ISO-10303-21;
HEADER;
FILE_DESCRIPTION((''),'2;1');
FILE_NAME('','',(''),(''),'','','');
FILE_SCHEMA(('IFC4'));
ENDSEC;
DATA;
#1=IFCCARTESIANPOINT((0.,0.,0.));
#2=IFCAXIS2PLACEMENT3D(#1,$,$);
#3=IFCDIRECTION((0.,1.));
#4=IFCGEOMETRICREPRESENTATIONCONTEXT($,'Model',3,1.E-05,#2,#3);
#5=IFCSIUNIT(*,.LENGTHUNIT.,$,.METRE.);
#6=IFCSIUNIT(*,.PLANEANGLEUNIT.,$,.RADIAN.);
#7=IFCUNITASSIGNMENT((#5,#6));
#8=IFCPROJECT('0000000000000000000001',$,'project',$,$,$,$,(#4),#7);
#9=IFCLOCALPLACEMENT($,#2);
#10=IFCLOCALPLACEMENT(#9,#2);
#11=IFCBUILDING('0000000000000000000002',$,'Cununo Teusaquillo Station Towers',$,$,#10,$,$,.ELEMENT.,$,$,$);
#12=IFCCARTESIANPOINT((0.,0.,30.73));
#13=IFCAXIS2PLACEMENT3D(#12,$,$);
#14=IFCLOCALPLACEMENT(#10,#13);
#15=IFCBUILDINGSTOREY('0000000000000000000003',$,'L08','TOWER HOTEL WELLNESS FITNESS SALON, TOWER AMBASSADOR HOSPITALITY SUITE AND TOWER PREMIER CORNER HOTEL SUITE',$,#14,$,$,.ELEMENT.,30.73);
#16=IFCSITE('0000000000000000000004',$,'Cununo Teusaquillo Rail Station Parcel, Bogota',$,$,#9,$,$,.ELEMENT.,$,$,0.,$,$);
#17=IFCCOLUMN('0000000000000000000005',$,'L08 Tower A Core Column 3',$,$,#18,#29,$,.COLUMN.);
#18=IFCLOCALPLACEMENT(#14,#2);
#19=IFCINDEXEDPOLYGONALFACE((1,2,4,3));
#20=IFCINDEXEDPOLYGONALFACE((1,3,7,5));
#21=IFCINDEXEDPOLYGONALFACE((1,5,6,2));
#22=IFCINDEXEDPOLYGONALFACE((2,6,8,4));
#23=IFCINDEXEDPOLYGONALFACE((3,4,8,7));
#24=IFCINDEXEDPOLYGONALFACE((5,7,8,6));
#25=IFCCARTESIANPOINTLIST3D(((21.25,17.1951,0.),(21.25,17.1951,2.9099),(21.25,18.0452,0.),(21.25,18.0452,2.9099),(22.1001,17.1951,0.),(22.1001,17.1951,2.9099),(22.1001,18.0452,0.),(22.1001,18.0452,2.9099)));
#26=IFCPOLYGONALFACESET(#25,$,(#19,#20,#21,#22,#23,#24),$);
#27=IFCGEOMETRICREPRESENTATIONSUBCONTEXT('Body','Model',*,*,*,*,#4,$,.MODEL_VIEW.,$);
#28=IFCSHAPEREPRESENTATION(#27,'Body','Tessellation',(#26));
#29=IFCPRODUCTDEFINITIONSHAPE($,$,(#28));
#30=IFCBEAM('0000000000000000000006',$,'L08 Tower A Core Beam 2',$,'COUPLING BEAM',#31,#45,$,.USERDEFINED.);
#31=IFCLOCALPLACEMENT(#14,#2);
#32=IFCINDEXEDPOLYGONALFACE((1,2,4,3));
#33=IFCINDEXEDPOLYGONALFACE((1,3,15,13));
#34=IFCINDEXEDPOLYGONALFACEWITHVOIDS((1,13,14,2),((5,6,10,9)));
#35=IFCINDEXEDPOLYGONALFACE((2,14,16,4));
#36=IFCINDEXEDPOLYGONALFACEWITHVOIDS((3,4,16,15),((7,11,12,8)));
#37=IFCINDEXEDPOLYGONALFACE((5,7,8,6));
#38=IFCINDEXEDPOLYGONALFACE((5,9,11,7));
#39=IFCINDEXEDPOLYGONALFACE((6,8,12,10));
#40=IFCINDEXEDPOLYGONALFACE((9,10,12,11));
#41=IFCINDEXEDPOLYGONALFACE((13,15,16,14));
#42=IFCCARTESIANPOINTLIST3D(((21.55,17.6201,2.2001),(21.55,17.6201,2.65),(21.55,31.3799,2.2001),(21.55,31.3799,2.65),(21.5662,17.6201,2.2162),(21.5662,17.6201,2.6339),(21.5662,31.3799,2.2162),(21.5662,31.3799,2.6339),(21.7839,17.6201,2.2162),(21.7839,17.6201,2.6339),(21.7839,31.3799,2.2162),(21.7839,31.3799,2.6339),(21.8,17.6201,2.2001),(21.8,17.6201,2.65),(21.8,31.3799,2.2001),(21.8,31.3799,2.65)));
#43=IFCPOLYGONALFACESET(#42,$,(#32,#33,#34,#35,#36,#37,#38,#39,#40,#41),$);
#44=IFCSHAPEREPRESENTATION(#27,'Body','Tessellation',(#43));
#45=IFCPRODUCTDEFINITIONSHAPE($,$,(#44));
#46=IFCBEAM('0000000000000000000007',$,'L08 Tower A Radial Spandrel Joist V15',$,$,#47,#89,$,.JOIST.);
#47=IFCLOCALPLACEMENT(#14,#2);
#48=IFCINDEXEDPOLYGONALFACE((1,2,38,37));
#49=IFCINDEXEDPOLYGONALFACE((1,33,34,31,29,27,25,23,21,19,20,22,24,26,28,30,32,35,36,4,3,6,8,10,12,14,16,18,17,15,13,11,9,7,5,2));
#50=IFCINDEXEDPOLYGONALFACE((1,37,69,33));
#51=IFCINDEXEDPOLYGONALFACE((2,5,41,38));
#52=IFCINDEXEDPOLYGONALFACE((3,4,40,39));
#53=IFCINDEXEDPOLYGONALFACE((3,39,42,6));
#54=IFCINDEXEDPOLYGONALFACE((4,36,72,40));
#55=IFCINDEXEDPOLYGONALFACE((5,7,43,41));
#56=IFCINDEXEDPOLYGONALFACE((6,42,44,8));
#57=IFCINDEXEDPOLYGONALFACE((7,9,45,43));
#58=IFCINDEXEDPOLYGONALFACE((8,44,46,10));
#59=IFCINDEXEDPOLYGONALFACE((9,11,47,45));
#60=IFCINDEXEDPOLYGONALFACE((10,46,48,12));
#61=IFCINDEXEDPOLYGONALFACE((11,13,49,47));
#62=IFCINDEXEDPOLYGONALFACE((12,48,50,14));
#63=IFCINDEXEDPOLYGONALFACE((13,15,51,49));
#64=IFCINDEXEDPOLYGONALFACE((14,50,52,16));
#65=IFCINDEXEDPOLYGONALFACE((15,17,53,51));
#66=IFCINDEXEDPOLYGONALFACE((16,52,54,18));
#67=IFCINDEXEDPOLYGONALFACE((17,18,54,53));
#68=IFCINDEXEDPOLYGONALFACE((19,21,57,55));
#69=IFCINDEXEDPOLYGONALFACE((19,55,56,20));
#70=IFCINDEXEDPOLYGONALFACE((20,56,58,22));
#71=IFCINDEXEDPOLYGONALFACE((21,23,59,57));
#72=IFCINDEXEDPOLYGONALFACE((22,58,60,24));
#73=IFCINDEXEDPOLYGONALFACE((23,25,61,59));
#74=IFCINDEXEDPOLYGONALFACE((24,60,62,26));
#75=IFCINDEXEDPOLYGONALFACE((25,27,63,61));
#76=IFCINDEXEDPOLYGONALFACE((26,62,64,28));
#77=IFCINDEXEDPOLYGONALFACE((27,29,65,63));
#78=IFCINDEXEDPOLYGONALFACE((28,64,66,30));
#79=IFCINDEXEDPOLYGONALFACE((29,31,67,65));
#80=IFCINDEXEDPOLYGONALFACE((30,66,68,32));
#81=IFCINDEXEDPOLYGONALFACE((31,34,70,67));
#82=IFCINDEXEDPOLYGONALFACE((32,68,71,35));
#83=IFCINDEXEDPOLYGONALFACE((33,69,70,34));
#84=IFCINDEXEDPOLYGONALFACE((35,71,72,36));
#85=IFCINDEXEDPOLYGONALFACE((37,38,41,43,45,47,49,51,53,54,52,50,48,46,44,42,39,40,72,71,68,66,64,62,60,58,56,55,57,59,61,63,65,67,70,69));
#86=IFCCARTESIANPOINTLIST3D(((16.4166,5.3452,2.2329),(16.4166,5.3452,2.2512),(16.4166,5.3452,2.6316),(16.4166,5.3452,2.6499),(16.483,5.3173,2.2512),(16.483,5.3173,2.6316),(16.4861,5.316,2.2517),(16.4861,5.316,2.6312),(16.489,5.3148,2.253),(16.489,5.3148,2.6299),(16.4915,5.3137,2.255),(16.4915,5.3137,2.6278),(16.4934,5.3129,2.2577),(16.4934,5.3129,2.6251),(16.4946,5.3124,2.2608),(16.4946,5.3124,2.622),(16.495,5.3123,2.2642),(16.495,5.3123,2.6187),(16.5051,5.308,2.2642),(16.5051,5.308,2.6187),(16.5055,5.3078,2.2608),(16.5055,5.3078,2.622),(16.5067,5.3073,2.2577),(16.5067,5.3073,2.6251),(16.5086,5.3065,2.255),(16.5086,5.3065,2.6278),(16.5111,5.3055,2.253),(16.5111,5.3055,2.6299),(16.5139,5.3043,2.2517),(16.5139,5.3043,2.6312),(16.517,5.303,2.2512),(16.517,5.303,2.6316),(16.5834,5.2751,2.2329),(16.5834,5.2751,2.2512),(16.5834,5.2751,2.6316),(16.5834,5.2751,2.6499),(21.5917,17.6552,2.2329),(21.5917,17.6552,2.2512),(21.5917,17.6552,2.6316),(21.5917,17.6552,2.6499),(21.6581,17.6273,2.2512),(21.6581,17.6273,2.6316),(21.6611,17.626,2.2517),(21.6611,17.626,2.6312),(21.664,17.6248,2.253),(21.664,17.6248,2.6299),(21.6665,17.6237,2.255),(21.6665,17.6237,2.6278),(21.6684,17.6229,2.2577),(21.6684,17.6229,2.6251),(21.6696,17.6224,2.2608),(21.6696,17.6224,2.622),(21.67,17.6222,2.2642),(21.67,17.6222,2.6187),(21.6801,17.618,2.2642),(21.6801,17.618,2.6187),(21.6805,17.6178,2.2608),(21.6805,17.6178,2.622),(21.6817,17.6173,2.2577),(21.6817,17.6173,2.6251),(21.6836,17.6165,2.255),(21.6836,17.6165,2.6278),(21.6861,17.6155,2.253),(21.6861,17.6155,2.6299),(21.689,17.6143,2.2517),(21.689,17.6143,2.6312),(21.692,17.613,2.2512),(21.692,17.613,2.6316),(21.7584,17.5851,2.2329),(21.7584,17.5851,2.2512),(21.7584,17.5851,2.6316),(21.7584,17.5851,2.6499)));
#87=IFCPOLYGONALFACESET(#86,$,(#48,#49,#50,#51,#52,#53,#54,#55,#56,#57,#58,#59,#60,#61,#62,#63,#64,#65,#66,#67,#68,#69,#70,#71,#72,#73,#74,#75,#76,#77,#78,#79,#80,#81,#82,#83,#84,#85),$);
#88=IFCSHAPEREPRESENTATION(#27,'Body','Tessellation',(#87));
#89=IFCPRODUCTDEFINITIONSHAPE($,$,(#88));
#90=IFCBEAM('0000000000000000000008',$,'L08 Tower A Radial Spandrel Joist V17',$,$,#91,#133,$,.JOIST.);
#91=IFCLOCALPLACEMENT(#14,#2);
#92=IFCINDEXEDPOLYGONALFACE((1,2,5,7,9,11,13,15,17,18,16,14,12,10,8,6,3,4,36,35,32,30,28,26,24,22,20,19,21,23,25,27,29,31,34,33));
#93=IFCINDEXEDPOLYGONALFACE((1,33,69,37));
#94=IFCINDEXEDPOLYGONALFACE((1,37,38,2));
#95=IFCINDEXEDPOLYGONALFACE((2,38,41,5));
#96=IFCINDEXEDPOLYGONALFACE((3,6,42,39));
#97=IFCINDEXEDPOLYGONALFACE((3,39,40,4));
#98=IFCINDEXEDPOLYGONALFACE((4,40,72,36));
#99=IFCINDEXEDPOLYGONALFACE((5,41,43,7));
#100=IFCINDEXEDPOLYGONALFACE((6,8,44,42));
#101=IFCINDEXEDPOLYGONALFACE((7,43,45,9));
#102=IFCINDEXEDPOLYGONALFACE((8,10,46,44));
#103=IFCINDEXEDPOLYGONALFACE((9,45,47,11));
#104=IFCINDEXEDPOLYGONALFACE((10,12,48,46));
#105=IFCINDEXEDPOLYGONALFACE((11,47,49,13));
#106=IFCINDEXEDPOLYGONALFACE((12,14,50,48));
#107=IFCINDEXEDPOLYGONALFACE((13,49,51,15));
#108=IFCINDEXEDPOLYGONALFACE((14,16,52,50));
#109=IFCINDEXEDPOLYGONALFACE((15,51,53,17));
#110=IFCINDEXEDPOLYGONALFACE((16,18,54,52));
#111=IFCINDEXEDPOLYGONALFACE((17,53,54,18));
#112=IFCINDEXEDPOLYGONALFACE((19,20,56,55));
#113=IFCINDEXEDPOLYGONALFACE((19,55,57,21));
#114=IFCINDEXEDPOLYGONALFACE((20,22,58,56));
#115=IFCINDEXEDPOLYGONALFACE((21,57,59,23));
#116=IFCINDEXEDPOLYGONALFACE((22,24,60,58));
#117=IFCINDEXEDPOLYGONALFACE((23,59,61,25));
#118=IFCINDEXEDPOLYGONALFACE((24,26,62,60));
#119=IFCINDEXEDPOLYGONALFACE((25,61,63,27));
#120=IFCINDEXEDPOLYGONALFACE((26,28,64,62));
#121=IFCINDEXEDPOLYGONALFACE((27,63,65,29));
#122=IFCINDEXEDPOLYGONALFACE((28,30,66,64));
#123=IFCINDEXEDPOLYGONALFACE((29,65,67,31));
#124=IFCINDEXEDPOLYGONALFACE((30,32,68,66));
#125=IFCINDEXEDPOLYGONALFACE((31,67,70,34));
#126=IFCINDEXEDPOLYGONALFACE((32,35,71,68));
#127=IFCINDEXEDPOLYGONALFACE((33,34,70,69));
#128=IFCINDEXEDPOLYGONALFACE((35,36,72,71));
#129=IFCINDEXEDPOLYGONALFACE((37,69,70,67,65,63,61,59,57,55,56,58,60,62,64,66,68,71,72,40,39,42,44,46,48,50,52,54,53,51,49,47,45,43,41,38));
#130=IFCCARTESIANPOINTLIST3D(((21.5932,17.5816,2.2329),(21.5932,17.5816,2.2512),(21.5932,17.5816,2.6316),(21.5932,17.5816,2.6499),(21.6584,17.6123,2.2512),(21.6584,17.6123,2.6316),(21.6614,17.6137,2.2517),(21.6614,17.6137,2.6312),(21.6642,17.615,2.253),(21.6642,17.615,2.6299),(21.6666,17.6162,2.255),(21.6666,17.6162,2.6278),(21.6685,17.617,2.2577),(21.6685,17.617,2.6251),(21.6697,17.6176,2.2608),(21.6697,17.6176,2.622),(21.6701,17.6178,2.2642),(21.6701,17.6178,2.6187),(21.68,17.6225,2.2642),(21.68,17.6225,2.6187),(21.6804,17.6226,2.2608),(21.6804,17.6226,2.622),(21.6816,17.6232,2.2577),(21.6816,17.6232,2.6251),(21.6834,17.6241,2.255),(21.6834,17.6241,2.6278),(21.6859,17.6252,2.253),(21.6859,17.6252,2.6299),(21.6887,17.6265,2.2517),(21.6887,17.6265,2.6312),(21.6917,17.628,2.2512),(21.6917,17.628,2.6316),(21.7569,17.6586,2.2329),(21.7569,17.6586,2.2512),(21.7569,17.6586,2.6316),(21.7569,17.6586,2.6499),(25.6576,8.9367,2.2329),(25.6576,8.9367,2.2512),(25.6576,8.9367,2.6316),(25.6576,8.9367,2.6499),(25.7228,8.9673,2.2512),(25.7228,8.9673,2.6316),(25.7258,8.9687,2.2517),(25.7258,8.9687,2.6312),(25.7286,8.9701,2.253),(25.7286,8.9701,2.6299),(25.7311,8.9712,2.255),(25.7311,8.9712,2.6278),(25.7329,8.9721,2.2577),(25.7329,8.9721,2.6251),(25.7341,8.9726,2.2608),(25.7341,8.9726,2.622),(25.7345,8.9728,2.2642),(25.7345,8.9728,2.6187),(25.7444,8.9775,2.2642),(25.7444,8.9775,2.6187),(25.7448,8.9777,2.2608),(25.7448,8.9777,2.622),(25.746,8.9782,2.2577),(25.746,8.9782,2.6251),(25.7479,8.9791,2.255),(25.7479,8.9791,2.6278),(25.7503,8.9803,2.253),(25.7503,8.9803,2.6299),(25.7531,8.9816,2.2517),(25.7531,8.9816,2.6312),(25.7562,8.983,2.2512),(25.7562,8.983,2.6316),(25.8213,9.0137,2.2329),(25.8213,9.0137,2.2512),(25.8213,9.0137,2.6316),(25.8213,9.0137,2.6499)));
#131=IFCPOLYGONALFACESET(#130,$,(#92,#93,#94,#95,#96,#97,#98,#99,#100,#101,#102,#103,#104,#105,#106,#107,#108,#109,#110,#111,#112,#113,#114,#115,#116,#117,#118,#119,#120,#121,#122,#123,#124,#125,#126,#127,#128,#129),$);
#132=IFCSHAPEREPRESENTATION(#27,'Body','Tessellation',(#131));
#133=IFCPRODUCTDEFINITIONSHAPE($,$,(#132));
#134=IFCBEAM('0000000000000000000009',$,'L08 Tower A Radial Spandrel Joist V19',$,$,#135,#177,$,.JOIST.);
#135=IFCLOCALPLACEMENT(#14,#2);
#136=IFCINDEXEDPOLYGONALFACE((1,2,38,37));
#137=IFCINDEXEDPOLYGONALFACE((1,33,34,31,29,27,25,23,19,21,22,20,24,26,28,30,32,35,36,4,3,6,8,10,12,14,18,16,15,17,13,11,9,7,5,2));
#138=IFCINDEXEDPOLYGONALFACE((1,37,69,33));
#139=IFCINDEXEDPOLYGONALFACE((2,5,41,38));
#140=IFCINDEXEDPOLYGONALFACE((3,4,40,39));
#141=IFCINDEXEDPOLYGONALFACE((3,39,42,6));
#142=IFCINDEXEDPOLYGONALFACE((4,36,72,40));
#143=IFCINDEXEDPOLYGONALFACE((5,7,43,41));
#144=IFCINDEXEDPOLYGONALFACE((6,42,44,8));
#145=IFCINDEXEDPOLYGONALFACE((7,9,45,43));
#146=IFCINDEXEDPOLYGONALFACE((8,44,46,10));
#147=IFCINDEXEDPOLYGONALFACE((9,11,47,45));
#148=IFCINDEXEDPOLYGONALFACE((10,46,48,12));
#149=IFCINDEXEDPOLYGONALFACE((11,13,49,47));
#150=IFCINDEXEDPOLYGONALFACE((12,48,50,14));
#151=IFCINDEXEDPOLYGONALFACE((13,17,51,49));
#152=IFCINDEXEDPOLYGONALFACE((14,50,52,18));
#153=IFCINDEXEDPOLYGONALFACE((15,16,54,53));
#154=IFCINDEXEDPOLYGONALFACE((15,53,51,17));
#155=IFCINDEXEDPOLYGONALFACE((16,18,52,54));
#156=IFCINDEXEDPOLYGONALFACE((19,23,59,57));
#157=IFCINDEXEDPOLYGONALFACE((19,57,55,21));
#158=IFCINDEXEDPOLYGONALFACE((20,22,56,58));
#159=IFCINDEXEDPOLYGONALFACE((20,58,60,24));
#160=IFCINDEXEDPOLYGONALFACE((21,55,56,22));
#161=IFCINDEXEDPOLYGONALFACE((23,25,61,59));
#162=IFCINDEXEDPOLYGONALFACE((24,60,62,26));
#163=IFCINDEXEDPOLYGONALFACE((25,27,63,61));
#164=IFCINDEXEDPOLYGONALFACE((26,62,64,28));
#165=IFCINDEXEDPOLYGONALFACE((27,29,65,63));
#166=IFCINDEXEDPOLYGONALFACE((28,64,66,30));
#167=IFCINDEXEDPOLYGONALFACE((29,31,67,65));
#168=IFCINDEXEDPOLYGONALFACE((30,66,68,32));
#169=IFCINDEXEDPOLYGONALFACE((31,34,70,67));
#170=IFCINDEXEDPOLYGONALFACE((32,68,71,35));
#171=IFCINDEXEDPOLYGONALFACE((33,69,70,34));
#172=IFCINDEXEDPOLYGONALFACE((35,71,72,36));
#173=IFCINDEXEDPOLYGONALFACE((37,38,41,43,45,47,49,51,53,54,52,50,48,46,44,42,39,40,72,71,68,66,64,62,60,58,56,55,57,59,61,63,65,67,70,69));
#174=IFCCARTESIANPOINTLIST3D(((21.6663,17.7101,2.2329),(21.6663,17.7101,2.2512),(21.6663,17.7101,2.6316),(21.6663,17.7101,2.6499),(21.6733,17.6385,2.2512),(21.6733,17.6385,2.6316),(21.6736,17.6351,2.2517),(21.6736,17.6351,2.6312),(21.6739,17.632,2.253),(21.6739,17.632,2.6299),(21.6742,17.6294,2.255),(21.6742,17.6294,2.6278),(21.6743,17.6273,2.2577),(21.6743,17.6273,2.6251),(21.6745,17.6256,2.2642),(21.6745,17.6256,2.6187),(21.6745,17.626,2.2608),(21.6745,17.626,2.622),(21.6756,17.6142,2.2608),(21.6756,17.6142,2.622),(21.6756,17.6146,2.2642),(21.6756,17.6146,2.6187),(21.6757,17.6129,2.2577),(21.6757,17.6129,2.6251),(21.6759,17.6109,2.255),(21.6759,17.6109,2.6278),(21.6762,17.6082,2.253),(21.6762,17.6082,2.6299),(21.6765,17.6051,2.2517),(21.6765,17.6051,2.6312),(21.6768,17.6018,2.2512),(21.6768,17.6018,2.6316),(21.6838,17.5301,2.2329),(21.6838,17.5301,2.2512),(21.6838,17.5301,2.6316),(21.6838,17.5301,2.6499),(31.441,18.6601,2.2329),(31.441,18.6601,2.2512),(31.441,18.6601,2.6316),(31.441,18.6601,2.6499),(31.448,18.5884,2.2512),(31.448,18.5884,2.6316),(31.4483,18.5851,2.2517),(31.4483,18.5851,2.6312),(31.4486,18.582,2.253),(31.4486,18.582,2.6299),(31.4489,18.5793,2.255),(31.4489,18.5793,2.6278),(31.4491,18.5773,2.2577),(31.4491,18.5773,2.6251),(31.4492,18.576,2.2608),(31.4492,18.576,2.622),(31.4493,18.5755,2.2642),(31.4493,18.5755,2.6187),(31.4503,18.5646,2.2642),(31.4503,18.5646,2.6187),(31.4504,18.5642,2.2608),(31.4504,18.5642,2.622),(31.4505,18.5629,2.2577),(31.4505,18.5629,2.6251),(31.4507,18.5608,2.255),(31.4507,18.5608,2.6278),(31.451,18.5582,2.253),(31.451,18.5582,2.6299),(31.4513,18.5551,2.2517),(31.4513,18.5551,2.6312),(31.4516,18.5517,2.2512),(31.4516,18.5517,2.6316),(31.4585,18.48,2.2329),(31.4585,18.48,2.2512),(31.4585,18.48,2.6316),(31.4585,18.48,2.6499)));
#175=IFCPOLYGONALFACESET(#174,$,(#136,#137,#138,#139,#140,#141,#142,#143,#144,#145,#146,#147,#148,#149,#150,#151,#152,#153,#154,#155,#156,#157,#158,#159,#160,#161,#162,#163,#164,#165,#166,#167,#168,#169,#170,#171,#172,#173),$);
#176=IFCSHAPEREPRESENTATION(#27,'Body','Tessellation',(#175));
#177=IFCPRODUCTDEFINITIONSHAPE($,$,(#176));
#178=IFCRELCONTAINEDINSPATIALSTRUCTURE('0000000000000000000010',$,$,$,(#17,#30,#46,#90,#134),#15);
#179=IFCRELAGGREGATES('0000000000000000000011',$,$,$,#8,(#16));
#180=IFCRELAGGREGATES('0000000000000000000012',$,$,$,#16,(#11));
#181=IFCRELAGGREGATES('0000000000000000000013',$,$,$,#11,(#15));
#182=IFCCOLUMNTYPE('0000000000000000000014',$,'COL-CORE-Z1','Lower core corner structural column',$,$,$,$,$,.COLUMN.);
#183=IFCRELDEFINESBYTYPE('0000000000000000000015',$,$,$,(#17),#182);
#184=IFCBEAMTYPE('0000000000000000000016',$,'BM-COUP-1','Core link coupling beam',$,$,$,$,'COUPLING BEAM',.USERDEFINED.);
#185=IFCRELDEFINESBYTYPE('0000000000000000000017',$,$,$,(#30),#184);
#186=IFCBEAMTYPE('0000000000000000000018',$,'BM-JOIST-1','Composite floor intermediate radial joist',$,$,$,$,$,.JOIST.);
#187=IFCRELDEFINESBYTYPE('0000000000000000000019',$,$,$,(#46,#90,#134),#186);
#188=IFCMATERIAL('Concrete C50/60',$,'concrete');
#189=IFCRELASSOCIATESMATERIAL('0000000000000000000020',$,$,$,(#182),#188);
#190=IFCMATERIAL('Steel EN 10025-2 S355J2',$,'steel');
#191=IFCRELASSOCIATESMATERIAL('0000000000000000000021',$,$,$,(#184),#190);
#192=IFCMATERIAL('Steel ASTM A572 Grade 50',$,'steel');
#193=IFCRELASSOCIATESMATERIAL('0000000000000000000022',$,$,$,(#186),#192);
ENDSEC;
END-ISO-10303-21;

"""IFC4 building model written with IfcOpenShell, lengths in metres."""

from ifc_helpers import new_model, si_unit, direction, frame, origin, origin_2d, place, context, subcontext, project, spatial, rectangle, hollow_rectangle, i_section, extrude, material, material_profile, profile_set, type_object, element, save


model = new_model("IFC4")

# Units and contexts
model_context = context("Model", 3, precision=1e-05, world=origin(), true_north=direction((0.0, 1.0)))
body_context = subcontext(model_context, "Body", "Model", "MODEL_VIEW")
ifc_project = project(units=[si_unit("LENGTHUNIT", "METRE"), si_unit("PLANEANGLEUNIT", "RADIAN")], contexts=[model_context])

# Site, building, storey
site_placement = place(None, origin())
site = spatial("IfcSite", under=ifc_project, at=site_placement, Name="Cununo Teusaquillo Rail Station Parcel, Bogota", CompositionType="ELEMENT", RefElevation=0.0)
building_placement = place(site_placement, origin())
building = spatial("IfcBuilding", under=site, at=building_placement, Name="Cununo Teusaquillo Station Towers", CompositionType="ELEMENT")
storey_placement = place(building_placement, frame((0.0, 0.0, 30.73)))
storey = spatial("IfcBuildingStorey", under=building, at=storey_placement, Name="L08", Description="TOWER HOTEL WELLNESS FITNESS SALON, TOWER AMBASSADOR HOSPITALITY SUITE AND TOWER PREMIER CORNER HOTEL SUITE", CompositionType="ELEMENT", Elevation=30.73)

# Column
ifc_material_1 = material(Name="Concrete C50/60", Category="concrete")
ifc_material_profile_1 = material_profile(ifc_material_1, rectangle(XDim=0.8501, YDim=0.8501, at=origin_2d()), Name="RC-RECT-850x850")
ifc_profile_set_1 = profile_set([ifc_material_profile_1], Name="Concrete C50/60")
column_type = type_object("IfcColumnType", Name="COL-CORE-Z1", Description="Lower core corner structural column", PredefinedType="COLUMN", material=ifc_profile_set_1)
column_placement = place(storey_placement, frame((21.675, 17.6201, 0.0), z_axis=(0.0, 0.0, 1.0), x_axis=(1.0, 0.0, 0.0)))
element("IfcColumn", 1, at=column_placement, inside=storey, type_object=column_type, Name="L08 Tower A Core Column 3", PredefinedType="COLUMN", context=body_context, shape_type="SweptSolid", body=[
    extrude(rectangle(XDim=0.8501, YDim=0.8501, at=origin_2d()), origin(), (0.0, 0.0, 1.0), 2.9099),
])

# Beams
ifc_material_2 = material(Name="Steel EN 10025-2 S355J2", Category="steel")
ifc_material_profile_2 = material_profile(ifc_material_2, hollow_rectangle(XDim=0.25, YDim=0.45, WallThickness=0.0161, at=origin_2d()), Name="RHS 450x250x16")
ifc_profile_set_2 = profile_set([ifc_material_profile_2], Name="Steel EN 10025-2 S355J2")
beam_type_1 = type_object("IfcBeamType", Name="BM-COUP-1", Description="Core link coupling beam", ElementType="COUPLING BEAM", PredefinedType="USERDEFINED", material=ifc_profile_set_2)
beam_1_placement = place(storey_placement, frame((21.675, 17.6201, 2.425), z_axis=(0.0, 1.0, 0.0), x_axis=(-1.0, 0.0, 0.0)))
element("IfcBeam", 2, at=beam_1_placement, inside=storey, type_object=beam_type_1, Name="L08 Tower A Core Beam 2", ObjectType="COUPLING BEAM", PredefinedType="USERDEFINED", context=body_context, shape_type="SweptSolid", body=[
    extrude(hollow_rectangle(XDim=0.25, YDim=0.45, WallThickness=0.0161, at=origin_2d()), origin(), (0.0, 0.0, 1.0), 13.7598),
])
ifc_material_3 = material(Name="Steel ASTM A572 Grade 50", Category="steel")
ifc_material_profile_3 = material_profile(ifc_material_3, i_section(OverallWidth=0.1809, OverallDepth=0.417, WebThickness=0.011, FlangeThickness=0.0183, FilletRadius=0.0129, at=origin_2d()), Name="W16X57")
ifc_profile_set_3 = profile_set([ifc_material_profile_3], Name="Steel ASTM A572 Grade 50")
beam_type_2 = type_object("IfcBeamType", Name="BM-JOIST-1", Description="Composite floor intermediate radial joist", PredefinedType="JOIST", material=ifc_profile_set_3)
beam_2_placement = place(storey_placement, frame((21.675, 17.6201, 2.4414), z_axis=(-0.38754, -0.921853, 0.0), x_axis=(0.921853, -0.38754, 0.0)))
element("IfcBeam", 3, at=beam_2_placement, inside=storey, type_object=beam_type_2, Name="L08 Tower A Radial Spandrel Joist V15", PredefinedType="JOIST", context=body_context, shape_type="SweptSolid", body=[
    extrude(i_section(OverallWidth=0.1809, OverallDepth=0.417, WebThickness=0.011, FlangeThickness=0.0183, FilletRadius=0.0129, at=origin_2d()), origin(), (0.0, 0.0, 1.0), 13.3535),
])
beam_3_placement = place(storey_placement, frame((21.675, 17.6201, 2.4414), z_axis=(0.425472, -0.904972, 0.0), x_axis=(0.904972, 0.425472, 0.0)))
element("IfcBeam", 4, at=beam_3_placement, inside=storey, type_object=beam_type_2, Name="L08 Tower A Radial Spandrel Joist V17", PredefinedType="JOIST", context=body_context, shape_type="SweptSolid", body=[
    extrude(i_section(OverallWidth=0.1809, OverallDepth=0.417, WebThickness=0.011, FlangeThickness=0.0183, FilletRadius=0.0129, at=origin_2d()), origin(), (0.0, 0.0, 1.0), 9.5527),
])
beam_4_placement = place(storey_placement, frame((21.675, 17.6201, 2.4414), z_axis=(0.995311, 0.096729, 0.0), x_axis=(-0.096729, 0.995311, 0.0)))
element("IfcBeam", 5, at=beam_4_placement, inside=storey, type_object=beam_type_2, Name="L08 Tower A Radial Spandrel Joist V19", PredefinedType="JOIST", context=body_context, shape_type="SweptSolid", body=[
    extrude(i_section(OverallWidth=0.1809, OverallDepth=0.417, WebThickness=0.011, FlangeThickness=0.0183, FilletRadius=0.0129, at=origin_2d()), origin(), (0.0, 0.0, 1.0), 9.8208),
])

save(model, "model.ifc")
